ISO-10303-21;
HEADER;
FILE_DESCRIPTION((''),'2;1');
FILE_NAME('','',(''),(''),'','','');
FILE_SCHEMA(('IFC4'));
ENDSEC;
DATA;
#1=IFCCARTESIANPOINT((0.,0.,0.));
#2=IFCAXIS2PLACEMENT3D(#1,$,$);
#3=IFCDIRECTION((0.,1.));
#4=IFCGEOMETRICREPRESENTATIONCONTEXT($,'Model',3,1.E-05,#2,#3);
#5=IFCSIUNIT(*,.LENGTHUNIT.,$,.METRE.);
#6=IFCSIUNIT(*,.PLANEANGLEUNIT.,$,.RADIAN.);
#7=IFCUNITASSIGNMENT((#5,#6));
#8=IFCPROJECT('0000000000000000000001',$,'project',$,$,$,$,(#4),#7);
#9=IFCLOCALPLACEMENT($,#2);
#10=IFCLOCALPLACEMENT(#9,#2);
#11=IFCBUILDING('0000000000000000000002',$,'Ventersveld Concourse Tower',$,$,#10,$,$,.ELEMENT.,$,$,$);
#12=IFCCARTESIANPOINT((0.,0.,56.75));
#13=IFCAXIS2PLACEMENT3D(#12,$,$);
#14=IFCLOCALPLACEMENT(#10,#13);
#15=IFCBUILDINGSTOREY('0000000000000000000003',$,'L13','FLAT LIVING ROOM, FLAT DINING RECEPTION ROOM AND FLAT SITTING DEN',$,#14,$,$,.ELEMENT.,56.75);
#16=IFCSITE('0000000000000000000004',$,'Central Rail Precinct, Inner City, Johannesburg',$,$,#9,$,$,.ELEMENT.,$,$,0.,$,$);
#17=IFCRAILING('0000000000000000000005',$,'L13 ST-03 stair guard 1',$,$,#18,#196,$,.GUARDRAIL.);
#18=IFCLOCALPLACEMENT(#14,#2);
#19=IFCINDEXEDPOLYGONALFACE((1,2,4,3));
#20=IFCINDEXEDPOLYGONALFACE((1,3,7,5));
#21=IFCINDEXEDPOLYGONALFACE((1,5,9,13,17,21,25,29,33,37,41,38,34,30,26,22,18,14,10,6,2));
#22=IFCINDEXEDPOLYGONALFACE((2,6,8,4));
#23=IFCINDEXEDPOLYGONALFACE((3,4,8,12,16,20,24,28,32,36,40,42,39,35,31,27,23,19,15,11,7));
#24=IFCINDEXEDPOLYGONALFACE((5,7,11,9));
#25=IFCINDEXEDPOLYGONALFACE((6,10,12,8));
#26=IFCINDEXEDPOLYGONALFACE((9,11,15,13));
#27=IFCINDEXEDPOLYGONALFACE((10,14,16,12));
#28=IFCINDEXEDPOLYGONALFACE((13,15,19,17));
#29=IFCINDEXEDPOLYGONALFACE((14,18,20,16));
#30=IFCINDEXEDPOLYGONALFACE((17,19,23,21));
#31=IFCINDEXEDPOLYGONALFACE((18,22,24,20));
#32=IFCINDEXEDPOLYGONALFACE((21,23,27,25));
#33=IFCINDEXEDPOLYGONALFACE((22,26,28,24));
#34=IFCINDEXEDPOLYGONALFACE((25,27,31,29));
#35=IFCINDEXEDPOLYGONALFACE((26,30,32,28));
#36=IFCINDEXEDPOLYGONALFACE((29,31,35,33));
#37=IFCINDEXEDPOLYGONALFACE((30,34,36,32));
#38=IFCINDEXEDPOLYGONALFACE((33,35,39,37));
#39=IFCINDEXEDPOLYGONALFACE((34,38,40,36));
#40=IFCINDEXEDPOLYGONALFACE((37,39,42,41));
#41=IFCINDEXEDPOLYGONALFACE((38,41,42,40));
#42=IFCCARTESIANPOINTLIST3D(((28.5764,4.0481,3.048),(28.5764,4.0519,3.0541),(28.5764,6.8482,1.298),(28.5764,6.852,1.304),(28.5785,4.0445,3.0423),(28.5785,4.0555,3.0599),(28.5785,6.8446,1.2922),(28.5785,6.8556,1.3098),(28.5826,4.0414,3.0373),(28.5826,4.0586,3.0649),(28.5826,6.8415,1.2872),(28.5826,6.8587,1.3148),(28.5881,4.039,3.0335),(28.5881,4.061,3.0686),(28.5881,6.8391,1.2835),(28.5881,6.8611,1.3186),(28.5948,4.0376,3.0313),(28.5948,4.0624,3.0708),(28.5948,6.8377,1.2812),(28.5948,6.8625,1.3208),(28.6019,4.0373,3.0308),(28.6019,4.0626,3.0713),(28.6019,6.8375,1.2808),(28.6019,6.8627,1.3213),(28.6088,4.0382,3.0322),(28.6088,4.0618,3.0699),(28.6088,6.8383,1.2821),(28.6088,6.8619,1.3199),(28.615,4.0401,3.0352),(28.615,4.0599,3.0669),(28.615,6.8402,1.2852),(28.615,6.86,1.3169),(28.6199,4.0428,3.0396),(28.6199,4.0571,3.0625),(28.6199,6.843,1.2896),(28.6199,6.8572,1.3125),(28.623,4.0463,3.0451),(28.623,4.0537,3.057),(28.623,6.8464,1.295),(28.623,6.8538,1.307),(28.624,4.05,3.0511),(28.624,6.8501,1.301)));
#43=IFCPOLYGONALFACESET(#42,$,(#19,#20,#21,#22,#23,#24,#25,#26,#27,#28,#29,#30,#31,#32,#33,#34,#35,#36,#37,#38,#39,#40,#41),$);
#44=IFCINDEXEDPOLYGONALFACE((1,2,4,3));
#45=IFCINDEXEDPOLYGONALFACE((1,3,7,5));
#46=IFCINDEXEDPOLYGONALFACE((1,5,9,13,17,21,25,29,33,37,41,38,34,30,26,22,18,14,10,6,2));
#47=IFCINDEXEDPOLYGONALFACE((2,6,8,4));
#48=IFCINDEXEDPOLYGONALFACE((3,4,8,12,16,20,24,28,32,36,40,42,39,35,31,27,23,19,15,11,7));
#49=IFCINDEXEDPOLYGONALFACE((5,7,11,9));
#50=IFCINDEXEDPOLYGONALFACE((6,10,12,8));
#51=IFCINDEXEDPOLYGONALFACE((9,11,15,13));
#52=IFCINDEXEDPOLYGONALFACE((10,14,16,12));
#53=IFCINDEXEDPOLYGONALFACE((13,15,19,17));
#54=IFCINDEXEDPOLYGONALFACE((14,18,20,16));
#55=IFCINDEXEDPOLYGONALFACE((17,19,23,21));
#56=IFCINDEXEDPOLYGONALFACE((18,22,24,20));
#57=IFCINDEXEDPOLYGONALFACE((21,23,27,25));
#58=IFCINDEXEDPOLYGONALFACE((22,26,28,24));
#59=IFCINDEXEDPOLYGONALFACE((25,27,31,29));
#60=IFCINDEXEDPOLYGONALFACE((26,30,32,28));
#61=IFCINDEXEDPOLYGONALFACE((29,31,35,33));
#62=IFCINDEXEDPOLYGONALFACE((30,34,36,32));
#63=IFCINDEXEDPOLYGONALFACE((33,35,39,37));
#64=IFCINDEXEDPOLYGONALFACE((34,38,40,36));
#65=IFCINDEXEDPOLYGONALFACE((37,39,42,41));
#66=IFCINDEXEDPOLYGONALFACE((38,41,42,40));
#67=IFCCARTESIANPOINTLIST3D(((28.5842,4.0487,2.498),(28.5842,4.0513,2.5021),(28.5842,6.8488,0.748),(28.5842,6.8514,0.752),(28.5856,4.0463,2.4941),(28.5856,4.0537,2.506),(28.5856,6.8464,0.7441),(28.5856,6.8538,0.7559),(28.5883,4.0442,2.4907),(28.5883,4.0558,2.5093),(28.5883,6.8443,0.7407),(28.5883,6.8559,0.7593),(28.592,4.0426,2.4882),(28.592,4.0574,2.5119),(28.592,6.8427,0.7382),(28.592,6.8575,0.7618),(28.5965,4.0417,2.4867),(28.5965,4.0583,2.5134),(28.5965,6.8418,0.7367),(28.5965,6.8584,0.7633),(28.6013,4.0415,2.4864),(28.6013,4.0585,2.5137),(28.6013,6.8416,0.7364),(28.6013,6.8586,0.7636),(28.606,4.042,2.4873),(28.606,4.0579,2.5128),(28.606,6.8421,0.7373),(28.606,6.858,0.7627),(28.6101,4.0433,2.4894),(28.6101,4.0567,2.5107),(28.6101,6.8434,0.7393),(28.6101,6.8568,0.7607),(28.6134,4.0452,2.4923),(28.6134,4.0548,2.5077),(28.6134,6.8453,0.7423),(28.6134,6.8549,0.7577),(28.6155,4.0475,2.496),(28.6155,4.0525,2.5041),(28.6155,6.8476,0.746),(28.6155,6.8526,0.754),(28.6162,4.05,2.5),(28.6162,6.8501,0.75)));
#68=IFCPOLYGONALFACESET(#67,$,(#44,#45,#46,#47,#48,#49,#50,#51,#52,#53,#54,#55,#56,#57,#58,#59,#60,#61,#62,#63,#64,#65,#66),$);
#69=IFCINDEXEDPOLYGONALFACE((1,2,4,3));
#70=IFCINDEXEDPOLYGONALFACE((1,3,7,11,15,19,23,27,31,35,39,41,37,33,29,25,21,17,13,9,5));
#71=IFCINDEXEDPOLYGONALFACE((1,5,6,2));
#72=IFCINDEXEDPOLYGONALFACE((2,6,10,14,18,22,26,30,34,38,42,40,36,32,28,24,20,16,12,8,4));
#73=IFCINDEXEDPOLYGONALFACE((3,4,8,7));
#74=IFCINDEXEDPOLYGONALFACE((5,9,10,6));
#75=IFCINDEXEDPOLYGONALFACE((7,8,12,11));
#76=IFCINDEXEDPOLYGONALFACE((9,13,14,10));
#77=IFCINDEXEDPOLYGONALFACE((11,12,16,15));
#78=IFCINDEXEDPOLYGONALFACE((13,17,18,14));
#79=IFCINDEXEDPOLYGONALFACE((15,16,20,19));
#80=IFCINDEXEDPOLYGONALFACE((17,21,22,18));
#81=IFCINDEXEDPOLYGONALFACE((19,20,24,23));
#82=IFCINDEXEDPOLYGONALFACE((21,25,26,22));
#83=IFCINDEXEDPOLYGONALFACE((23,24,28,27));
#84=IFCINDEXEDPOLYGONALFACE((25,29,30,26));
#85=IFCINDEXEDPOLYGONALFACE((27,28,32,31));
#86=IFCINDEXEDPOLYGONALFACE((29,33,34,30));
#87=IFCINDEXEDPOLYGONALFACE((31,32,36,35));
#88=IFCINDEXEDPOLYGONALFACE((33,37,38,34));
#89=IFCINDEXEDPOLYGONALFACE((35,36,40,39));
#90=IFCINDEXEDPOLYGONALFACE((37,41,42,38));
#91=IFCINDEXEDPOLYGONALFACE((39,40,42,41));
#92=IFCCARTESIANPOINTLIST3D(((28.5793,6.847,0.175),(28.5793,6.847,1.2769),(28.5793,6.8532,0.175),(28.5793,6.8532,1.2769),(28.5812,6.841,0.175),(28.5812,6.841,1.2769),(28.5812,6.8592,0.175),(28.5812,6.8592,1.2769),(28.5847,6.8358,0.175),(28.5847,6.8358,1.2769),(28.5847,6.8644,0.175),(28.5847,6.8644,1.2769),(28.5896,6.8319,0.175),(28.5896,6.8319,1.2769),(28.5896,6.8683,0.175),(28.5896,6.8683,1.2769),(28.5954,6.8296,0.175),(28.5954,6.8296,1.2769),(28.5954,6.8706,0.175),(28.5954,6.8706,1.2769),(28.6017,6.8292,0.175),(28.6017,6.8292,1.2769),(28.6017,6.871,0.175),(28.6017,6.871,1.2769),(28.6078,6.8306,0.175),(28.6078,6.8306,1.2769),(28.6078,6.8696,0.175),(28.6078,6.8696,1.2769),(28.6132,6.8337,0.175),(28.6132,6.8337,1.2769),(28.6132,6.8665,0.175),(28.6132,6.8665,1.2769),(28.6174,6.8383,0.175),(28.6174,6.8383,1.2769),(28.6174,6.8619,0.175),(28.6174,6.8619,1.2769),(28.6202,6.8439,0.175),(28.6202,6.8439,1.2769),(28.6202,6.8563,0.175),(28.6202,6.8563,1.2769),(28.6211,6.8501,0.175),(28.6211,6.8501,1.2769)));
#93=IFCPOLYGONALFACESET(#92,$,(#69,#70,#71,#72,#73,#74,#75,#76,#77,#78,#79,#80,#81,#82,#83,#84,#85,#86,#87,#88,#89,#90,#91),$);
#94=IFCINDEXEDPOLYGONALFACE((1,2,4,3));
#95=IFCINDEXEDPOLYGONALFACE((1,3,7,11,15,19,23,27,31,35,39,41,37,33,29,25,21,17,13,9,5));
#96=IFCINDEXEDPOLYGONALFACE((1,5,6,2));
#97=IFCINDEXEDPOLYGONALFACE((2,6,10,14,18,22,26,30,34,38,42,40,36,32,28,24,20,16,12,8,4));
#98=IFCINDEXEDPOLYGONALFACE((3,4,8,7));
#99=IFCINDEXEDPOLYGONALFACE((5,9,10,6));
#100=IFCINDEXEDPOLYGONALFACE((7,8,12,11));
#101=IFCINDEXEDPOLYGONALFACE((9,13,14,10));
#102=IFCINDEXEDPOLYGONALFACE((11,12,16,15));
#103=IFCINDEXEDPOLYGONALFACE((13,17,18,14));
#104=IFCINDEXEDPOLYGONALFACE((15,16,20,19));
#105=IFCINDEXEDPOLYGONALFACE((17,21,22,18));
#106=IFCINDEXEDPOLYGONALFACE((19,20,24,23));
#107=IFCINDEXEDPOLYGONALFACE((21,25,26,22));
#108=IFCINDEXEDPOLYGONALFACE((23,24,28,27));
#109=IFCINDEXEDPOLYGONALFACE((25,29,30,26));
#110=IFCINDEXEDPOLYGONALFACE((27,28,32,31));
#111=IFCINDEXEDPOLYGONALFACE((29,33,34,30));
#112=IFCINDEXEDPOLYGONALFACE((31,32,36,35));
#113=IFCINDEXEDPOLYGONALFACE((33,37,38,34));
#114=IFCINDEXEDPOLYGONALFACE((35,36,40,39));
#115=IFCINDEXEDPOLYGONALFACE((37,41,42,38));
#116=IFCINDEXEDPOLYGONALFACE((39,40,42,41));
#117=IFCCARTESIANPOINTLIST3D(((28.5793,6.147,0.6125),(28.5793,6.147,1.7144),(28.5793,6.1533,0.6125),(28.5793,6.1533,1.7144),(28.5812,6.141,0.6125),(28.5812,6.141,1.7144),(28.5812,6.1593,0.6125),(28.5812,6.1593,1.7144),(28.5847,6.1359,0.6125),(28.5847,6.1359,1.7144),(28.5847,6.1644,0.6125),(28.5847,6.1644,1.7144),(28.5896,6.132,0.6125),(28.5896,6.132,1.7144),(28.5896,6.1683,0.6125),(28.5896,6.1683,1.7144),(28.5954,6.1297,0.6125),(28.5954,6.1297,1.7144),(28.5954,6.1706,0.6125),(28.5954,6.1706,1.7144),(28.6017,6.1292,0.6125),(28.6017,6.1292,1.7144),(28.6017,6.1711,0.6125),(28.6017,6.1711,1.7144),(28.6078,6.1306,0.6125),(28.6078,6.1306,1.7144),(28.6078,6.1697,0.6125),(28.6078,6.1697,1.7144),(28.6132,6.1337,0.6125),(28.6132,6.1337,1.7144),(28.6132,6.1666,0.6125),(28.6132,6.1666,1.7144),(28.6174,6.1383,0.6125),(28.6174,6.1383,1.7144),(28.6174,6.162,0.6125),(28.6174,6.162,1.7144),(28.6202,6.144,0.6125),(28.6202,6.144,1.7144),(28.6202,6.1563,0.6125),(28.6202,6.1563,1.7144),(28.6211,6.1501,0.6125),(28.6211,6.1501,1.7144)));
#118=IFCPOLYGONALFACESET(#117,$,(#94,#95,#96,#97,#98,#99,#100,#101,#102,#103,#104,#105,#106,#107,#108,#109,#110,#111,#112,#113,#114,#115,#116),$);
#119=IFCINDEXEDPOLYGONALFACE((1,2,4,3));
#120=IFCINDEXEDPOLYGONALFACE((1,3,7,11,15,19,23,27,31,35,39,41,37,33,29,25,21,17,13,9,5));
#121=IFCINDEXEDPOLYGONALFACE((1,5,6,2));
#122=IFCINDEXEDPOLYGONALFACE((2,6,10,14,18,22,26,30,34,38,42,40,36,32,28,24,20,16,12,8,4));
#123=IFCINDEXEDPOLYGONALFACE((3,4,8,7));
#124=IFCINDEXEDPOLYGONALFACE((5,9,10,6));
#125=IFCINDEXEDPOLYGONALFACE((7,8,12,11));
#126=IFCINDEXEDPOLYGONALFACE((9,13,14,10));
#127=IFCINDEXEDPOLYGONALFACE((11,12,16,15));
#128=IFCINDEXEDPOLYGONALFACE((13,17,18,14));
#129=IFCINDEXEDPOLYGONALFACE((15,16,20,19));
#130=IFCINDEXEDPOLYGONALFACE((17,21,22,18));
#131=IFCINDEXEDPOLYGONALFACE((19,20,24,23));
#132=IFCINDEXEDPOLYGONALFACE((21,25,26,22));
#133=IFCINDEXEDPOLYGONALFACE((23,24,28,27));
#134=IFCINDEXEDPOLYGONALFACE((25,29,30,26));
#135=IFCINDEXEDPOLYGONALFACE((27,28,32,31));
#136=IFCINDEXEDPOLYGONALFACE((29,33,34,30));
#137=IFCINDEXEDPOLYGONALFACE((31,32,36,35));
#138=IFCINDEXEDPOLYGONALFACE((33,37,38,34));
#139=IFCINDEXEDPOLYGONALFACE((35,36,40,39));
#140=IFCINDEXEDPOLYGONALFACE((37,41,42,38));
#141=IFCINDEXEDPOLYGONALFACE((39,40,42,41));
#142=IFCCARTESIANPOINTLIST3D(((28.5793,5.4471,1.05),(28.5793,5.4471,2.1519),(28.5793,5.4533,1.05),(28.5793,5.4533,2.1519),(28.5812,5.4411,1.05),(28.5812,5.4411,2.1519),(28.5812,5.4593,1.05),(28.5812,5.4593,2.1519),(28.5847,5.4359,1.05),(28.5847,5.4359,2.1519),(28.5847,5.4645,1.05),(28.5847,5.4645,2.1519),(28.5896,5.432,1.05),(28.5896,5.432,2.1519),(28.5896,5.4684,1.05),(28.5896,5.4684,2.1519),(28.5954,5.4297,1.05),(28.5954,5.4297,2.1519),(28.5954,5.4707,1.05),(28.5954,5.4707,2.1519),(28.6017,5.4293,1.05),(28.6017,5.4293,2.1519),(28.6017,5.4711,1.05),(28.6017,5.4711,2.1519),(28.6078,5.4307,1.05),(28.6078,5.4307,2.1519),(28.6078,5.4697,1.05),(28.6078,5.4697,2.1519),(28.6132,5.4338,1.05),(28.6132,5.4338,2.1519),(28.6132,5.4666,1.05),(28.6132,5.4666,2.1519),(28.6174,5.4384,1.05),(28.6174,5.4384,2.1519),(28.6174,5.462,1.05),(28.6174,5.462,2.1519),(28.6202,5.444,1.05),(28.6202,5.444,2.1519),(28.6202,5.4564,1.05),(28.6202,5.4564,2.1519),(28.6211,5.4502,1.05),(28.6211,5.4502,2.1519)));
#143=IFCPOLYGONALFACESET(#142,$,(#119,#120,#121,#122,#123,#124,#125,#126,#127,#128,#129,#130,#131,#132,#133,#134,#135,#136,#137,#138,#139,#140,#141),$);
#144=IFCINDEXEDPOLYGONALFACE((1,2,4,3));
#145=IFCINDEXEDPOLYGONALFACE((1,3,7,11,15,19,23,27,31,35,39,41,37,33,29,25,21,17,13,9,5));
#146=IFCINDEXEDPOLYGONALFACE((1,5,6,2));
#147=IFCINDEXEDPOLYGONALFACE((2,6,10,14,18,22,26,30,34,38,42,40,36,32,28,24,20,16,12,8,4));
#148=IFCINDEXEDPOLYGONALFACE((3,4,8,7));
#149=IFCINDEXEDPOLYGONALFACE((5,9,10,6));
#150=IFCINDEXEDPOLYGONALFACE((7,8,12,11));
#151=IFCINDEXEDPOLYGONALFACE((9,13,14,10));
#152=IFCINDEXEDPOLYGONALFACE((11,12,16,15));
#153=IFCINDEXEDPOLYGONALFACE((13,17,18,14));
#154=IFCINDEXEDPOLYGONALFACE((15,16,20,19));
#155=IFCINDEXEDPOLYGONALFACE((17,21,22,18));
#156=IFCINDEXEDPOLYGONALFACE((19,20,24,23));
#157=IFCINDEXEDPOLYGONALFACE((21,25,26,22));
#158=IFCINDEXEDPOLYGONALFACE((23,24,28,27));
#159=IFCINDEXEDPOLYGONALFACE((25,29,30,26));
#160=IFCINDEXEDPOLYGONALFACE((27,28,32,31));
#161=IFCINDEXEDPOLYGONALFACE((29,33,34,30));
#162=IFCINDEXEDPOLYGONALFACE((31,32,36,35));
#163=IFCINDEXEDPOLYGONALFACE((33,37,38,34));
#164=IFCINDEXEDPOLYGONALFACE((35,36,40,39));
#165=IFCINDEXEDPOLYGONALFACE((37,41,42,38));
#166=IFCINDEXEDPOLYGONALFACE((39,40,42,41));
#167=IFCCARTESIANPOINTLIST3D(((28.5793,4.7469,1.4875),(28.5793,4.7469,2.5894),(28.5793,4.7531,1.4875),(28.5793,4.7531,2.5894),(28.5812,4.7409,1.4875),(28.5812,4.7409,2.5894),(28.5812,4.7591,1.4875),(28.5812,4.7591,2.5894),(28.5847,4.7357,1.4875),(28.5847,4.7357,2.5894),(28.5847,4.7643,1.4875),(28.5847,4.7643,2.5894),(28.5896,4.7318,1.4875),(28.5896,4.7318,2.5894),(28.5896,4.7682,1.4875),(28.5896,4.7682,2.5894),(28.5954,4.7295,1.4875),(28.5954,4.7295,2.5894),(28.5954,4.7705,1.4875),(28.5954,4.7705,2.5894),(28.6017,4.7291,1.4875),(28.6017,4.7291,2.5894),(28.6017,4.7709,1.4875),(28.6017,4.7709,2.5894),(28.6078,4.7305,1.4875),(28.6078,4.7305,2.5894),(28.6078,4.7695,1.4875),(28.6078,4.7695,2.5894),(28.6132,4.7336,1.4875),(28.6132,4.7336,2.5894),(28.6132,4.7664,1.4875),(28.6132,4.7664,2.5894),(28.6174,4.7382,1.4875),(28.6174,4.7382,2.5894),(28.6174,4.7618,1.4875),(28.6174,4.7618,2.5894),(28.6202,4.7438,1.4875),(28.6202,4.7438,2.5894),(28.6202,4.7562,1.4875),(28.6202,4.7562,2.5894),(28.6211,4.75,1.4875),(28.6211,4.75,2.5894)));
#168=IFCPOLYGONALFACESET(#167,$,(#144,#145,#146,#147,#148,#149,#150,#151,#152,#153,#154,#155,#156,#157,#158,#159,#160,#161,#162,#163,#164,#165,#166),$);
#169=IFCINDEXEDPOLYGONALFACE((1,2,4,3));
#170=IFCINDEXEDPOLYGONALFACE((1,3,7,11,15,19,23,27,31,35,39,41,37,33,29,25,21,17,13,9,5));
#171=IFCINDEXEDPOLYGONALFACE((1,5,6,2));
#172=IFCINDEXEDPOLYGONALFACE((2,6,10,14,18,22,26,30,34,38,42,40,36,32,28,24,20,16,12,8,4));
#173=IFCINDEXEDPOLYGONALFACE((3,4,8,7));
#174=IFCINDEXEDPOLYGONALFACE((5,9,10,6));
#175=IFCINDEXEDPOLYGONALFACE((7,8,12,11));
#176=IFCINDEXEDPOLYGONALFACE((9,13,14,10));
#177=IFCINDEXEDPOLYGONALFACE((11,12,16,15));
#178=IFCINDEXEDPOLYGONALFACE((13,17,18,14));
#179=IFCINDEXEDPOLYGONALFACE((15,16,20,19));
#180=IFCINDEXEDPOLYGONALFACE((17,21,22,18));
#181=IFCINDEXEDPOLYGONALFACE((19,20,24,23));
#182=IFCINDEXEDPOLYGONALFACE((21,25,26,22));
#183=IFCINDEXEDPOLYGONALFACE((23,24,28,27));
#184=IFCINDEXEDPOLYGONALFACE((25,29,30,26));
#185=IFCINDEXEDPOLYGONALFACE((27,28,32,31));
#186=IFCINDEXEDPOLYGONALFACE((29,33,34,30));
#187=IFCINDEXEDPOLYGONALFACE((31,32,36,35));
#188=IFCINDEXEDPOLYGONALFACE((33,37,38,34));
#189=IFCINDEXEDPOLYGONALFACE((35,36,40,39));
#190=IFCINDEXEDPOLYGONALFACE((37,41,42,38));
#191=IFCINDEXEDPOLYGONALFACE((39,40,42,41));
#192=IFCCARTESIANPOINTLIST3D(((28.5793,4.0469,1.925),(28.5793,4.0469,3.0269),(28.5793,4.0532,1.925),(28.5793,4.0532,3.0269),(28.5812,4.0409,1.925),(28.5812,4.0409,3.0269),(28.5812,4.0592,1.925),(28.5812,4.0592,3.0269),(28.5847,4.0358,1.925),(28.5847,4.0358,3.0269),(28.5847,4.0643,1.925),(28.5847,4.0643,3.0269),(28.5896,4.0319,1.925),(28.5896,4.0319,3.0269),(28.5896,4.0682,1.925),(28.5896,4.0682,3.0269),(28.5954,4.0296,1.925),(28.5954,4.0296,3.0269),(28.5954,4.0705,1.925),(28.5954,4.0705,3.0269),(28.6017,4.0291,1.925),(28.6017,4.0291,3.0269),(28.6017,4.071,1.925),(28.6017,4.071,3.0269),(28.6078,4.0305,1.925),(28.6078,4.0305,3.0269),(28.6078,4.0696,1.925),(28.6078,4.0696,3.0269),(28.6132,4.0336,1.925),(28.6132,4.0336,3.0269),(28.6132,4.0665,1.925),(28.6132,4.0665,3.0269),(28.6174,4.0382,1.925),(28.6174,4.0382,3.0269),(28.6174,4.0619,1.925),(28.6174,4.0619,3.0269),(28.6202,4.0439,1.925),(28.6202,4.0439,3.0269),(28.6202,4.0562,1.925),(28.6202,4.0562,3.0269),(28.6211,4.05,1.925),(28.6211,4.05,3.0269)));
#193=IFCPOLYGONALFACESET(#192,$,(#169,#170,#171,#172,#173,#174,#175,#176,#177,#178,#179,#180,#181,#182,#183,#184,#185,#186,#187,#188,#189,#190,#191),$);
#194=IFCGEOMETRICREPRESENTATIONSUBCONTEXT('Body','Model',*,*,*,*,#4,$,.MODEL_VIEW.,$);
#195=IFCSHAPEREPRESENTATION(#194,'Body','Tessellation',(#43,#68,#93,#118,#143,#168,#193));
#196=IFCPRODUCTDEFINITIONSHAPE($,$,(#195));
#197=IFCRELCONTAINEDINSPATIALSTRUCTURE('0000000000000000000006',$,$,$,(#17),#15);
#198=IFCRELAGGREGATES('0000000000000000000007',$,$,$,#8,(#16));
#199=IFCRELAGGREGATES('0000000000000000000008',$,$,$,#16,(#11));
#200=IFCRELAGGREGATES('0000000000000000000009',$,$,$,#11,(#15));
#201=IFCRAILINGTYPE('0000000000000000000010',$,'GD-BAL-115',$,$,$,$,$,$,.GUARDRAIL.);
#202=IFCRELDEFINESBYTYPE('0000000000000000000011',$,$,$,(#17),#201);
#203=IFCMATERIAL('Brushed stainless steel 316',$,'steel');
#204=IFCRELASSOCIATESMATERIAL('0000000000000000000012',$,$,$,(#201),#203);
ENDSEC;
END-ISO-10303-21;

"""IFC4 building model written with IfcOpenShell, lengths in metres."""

from ifc_helpers import new_model, si_unit, direction, frame, origin, origin_2d, place, context, subcontext, project, spatial, circle, extrude, material, type_object, element, save


model = new_model("IFC4")

# Units and contexts
model_context = context("Model", 3, precision=1e-05, world=origin(), true_north=direction((0.0, 1.0)))
body_context = subcontext(model_context, "Body", "Model", "MODEL_VIEW")
ifc_project = project(units=[si_unit("LENGTHUNIT", "METRE"), si_unit("PLANEANGLEUNIT", "RADIAN")], contexts=[model_context])

# Site, building, storey
site_placement = place(None, origin())
site = spatial("IfcSite", under=ifc_project, at=site_placement, Name="Central Rail Precinct, Inner City, Johannesburg", CompositionType="ELEMENT", RefElevation=0.0)
building_placement = place(site_placement, origin())
building = spatial("IfcBuilding", under=site, at=building_placement, Name="Ventersveld Concourse Tower", CompositionType="ELEMENT")
storey_placement = place(building_placement, frame((0.0, 0.0, 56.75)))
storey = spatial("IfcBuildingStorey", under=building, at=storey_placement, Name="L13", Description="FLAT LIVING ROOM, FLAT DINING RECEPTION ROOM AND FLAT SITTING DEN", CompositionType="ELEMENT", Elevation=56.75)

# Shared definitions
ifc_material_1 = material(Name="Brushed stainless steel 316", Category="steel")

# Railing
railing_type_1 = type_object("IfcRailingType", Name="GD-BAL-115", PredefinedType="GUARDRAIL", material=ifc_material_1)
railing_1_placement = place(storey_placement, frame((28.6001, 6.8501, 0.175)))
element("IfcRailing", 1, at=railing_1_placement, inside=storey, type_object=railing_type_1, Name="L13 ST-03 stair guard 1", PredefinedType="GUARDRAIL", context=body_context, shape_type="SweptSolid", body=[
    extrude(circle(Radius=0.0239, at=origin_2d()), frame((0.0, 0.0, 1.126), z_axis=(0.0, -0.848002, 0.529992), x_axis=(1.0, 0.0, 0.0)), (0.0, 0.0, 1.0), 3.302),
    extrude(circle(Radius=0.0161, at=origin_2d()), frame((0.0, 0.0, 0.575), z_axis=(0.0, -0.848002, 0.529992), x_axis=(1.0, 0.0, 0.0)), (0.0, 0.0, 1.0), 3.302),
    extrude(circle(Radius=0.021, at=origin_2d()), origin(), (0.0, 0.0, 1.0), 1.1018),
    extrude(circle(Radius=0.021, at=origin_2d()), frame((0.0, -0.7, 0.4375)), (0.0, 0.0, 1.0), 1.1018),
    extrude(circle(Radius=0.021, at=origin_2d()), frame((0.0, -1.3999, 0.875)), (0.0, 0.0, 1.0), 1.1018),
    extrude(circle(Radius=0.021, at=origin_2d()), frame((0.0, -2.1001, 1.3125)), (0.0, 0.0, 1.0), 1.1018),
    extrude(circle(Radius=0.021, at=origin_2d()), frame((0.0, -2.8, 1.75)), (0.0, 0.0, 1.0), 1.1018),
])

save(model, "model.ifc")
